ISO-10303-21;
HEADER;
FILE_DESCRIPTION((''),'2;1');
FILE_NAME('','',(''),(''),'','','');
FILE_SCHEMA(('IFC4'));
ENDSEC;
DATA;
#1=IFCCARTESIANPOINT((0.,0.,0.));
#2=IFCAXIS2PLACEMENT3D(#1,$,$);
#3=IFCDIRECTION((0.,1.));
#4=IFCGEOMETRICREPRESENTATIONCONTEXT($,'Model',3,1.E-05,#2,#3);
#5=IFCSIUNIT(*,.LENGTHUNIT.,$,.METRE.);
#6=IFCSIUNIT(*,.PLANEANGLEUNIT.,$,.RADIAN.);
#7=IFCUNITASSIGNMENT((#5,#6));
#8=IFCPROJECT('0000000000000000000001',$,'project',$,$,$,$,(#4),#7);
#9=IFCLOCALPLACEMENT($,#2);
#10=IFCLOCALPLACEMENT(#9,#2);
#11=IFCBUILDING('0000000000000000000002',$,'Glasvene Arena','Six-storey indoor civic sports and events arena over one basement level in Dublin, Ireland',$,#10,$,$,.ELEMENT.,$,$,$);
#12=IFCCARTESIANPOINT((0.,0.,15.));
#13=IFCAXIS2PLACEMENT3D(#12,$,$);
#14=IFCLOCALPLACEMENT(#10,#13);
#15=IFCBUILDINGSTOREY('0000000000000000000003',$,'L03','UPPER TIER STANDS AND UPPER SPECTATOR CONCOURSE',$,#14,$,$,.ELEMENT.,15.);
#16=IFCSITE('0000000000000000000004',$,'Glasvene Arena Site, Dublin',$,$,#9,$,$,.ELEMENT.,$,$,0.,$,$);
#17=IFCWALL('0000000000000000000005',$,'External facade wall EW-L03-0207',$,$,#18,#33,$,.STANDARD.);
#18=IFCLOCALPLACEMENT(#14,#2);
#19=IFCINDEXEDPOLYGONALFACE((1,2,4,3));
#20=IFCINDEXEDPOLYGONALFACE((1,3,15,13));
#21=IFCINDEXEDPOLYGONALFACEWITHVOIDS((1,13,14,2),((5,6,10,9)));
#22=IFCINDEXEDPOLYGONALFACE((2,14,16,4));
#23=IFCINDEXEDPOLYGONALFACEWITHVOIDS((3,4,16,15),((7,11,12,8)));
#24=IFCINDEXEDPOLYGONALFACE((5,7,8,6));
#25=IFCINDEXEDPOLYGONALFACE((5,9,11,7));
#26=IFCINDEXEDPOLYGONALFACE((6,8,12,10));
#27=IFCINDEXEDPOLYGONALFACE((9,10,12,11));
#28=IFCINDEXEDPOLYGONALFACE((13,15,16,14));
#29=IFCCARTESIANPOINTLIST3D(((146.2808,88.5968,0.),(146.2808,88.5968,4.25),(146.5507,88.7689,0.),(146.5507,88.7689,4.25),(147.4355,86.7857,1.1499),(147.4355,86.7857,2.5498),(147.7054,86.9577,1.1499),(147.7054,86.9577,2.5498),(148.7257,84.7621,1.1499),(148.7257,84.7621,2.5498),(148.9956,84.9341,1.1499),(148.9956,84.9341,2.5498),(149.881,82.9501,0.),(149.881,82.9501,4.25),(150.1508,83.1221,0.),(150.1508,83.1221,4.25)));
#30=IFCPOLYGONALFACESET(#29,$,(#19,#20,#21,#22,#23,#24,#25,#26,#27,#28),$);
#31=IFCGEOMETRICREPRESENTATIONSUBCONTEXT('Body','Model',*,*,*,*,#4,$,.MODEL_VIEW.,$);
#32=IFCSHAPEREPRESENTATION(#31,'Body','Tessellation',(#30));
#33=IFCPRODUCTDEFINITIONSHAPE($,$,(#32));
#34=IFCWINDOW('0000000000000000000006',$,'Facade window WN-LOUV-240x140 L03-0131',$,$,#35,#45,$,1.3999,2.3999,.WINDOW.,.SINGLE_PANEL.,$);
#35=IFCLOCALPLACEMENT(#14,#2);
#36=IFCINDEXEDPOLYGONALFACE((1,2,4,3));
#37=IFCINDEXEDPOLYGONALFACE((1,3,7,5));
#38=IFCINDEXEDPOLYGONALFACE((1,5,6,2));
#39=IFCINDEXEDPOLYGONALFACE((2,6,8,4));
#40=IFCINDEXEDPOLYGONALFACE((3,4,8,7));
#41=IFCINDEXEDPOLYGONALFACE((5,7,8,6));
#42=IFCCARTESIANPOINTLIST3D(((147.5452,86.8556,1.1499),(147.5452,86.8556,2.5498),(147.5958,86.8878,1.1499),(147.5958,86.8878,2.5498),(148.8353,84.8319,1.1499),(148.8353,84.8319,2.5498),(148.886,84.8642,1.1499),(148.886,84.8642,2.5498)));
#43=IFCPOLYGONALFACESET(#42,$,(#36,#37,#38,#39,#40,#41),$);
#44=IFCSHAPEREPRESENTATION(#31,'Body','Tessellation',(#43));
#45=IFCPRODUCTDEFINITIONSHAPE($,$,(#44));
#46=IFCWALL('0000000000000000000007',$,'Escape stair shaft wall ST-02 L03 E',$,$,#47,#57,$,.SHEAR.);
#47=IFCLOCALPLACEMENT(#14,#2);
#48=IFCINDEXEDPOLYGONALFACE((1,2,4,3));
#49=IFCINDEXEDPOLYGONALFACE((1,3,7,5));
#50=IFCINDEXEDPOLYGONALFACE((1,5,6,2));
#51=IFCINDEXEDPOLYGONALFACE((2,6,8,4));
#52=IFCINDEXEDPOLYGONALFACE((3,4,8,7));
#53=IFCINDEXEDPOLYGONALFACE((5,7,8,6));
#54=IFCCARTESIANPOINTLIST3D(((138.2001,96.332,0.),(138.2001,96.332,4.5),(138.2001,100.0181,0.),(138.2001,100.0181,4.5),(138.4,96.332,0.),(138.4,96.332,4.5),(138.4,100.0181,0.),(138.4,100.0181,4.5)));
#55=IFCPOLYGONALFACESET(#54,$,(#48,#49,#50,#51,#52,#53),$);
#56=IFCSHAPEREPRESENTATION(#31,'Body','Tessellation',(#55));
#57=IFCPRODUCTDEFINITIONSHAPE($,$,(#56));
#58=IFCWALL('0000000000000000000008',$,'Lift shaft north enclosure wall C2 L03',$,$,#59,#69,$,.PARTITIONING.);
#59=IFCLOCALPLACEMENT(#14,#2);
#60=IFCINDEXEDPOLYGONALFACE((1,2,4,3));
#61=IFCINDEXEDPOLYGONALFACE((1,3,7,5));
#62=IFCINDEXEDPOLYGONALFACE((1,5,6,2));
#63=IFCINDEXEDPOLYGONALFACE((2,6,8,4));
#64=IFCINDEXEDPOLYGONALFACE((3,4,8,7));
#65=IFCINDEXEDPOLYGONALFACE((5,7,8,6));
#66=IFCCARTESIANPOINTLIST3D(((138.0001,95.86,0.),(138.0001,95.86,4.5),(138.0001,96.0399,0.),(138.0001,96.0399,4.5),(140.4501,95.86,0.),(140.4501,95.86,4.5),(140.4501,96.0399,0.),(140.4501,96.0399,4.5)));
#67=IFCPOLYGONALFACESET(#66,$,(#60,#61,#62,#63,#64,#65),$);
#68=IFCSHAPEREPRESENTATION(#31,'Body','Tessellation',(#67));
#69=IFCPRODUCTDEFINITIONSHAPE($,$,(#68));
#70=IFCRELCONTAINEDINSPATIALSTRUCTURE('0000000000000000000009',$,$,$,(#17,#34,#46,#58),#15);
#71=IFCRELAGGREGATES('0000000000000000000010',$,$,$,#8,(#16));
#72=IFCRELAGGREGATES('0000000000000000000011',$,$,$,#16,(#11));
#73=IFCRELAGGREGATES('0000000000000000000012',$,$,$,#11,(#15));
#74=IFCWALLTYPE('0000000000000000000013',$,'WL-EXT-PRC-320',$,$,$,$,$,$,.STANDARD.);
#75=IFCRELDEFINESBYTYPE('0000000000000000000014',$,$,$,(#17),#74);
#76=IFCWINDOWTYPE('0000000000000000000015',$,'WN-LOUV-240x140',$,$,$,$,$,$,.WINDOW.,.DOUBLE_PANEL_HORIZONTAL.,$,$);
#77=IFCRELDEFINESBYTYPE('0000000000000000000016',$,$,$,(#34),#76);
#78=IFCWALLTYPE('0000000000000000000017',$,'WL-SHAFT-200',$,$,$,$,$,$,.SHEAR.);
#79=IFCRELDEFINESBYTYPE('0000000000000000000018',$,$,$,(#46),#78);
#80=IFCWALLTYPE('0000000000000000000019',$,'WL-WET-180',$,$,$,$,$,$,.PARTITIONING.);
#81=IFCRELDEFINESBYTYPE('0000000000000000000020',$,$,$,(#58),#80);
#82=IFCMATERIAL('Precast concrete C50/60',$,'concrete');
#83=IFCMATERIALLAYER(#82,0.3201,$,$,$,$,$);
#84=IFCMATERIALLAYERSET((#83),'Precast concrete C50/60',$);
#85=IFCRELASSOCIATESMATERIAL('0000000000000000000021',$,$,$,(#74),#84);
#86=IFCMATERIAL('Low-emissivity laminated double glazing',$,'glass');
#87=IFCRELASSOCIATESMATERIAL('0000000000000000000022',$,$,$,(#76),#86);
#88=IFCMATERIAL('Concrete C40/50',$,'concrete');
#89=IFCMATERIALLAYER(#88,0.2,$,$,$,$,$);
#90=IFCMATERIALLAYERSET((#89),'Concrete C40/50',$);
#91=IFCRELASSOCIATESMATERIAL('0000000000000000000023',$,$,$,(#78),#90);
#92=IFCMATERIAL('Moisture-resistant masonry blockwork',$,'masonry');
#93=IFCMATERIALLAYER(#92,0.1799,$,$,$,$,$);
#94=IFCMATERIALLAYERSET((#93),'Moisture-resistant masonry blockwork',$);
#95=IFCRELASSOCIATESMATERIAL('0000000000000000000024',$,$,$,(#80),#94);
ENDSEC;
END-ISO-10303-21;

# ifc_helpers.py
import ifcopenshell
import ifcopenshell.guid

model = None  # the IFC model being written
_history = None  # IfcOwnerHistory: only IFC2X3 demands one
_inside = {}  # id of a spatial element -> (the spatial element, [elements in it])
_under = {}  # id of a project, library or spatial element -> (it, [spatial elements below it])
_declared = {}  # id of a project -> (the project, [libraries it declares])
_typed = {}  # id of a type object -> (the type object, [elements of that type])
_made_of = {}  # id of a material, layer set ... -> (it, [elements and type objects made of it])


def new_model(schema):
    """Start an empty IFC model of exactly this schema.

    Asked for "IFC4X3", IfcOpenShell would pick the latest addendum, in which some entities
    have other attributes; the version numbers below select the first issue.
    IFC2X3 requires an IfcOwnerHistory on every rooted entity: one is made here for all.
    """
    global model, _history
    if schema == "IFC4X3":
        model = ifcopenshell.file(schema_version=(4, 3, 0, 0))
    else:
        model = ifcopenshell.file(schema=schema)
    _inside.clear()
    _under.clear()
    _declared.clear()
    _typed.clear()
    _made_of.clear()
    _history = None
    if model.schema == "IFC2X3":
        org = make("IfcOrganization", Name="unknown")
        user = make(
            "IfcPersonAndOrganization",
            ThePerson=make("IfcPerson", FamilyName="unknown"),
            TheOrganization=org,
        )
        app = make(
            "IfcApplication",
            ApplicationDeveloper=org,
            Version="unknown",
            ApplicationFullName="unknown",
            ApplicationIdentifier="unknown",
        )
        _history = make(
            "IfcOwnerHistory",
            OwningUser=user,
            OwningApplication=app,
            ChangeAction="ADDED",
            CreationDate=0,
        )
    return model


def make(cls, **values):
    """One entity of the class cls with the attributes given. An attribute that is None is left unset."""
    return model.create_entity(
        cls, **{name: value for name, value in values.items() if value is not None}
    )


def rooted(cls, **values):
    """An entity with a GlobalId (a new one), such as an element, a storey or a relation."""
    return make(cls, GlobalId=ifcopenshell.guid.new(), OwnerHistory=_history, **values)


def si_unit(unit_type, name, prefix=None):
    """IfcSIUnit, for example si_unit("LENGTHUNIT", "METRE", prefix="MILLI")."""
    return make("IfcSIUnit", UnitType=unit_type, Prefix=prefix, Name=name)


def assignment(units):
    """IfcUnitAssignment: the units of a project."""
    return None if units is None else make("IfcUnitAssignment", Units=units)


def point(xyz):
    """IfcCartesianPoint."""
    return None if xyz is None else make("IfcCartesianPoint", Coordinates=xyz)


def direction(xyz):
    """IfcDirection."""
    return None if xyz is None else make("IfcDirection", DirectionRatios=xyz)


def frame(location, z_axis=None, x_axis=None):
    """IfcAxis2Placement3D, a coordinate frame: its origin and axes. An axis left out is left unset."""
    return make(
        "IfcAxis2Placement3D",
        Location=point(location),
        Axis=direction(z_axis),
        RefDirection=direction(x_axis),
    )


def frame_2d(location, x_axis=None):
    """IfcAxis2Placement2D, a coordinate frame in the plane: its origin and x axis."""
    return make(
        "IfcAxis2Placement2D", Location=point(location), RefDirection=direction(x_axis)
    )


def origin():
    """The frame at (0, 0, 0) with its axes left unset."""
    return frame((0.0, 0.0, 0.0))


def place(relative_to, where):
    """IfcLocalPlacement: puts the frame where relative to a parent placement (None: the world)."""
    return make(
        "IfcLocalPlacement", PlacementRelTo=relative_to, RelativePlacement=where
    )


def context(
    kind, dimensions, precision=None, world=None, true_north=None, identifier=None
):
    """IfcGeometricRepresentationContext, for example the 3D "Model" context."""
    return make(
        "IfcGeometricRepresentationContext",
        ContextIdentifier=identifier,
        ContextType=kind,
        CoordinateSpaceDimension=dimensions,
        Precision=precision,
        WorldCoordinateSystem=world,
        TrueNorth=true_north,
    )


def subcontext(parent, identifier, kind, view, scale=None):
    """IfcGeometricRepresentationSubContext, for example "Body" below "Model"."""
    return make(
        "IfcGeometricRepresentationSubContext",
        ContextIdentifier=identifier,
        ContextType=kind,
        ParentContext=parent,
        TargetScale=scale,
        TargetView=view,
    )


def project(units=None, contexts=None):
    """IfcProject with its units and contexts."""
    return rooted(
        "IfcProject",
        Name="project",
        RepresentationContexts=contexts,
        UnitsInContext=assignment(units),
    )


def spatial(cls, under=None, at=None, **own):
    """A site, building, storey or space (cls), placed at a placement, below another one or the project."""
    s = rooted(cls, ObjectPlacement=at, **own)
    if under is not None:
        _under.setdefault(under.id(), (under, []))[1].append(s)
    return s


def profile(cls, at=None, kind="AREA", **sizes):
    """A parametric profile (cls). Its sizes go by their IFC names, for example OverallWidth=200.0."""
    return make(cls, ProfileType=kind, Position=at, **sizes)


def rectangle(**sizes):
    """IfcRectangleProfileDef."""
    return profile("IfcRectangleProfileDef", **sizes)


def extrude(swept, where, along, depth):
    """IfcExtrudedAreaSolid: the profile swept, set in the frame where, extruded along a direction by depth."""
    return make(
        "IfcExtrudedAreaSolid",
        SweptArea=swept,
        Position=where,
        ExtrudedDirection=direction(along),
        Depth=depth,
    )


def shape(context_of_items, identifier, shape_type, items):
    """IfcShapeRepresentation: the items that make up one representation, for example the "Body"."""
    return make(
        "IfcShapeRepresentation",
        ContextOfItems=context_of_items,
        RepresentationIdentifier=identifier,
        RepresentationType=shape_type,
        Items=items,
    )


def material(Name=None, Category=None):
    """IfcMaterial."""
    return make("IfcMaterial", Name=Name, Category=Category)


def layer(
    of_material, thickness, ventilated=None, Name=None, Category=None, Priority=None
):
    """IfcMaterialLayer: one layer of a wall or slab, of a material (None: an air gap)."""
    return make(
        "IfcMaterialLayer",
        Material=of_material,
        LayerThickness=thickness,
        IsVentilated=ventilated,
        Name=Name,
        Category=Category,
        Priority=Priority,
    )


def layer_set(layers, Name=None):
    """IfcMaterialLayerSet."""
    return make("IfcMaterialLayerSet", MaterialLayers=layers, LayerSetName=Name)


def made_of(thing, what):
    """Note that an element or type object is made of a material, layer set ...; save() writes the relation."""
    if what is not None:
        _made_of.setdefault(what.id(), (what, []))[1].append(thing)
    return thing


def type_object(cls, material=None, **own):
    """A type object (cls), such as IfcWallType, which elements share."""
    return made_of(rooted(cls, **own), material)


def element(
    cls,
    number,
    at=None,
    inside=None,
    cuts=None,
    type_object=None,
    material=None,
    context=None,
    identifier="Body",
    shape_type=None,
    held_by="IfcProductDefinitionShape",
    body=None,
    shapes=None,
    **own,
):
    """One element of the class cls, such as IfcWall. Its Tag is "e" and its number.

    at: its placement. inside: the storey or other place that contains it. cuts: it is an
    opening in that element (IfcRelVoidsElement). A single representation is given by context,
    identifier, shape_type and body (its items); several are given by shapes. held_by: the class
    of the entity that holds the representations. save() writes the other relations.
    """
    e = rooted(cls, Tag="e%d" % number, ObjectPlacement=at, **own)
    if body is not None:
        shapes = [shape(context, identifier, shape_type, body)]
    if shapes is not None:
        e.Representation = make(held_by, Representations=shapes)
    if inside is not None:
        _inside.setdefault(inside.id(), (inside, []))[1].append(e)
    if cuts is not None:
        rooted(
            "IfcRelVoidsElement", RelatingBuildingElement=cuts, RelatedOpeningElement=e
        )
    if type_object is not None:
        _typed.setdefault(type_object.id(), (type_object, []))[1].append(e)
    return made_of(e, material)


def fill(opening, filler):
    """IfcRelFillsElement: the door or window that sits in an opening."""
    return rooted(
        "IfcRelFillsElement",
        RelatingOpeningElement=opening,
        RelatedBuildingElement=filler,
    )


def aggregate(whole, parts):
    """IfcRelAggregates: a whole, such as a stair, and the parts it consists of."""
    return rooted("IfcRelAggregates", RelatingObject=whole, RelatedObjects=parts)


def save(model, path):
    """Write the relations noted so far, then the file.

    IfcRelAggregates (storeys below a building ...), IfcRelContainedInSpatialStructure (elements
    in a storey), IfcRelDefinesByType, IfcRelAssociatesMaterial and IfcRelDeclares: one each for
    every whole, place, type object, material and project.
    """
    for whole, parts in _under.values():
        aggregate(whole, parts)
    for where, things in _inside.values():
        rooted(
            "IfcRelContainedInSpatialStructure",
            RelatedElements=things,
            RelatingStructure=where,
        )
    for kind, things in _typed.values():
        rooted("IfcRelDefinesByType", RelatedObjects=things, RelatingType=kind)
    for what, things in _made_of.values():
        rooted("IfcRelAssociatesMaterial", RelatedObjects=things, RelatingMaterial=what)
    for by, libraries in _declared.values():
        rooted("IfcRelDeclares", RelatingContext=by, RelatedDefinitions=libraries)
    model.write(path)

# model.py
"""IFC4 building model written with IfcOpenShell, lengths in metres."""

from ifc_helpers import new_model, si_unit, direction, frame, frame_2d, origin, place, context, subcontext, project, spatial, rectangle, extrude, material, layer, layer_set, type_object, element, fill, save


model = new_model("IFC4")

# Units and contexts
model_context = context("Model", 3, precision=1e-05, world=origin(), true_north=direction((0.0, 1.0)))
body_context = subcontext(model_context, "Body", "Model", "MODEL_VIEW")
ifc_project = project(units=[si_unit("LENGTHUNIT", "METRE"), si_unit("PLANEANGLEUNIT", "RADIAN")], contexts=[model_context])

# Site, building, storey
site_placement = place(None, origin())
site = spatial("IfcSite", under=ifc_project, at=site_placement, Name="Glasvene Arena Site, Dublin", CompositionType="ELEMENT", RefElevation=0.0)
building_placement = place(site_placement, origin())
building = spatial("IfcBuilding", under=site, at=building_placement, Name="Glasvene Arena", Description="Six-storey indoor civic sports and events arena over one basement level in Dublin, Ireland", CompositionType="ELEMENT")
storey_placement = place(building_placement, frame((0.0, 0.0, 15.0)))
storey = spatial("IfcBuildingStorey", under=building, at=storey_placement, Name="L03", Description="UPPER TIER STANDS AND UPPER SPECTATOR CONCOURSE", CompositionType="ELEMENT", Elevation=15.0)

# Shared definitions
ifc_material_1 = material(Name="Low-emissivity laminated double glazing", Category="glass")

# Shared definitions
ifc_material_2 = material(Name="Concrete C40/50", Category="concrete")

# Wall, opening, window
ifc_material_3 = material(Name="Precast concrete C50/60", Category="concrete")
ifc_layer_1 = layer(ifc_material_3, 0.3201)
ifc_layer_set_1 = layer_set([ifc_layer_1], Name="Precast concrete C50/60")
wall_type_1 = type_object("IfcWallType", Name="WL-EXT-PRC-320", PredefinedType="STANDARD", material=ifc_layer_set_1)
window_type = type_object("IfcWindowType", Name="WN-LOUV-240x140", PartitioningType="DOUBLE_PANEL_HORIZONTAL", PredefinedType="WINDOW", material=ifc_material_1)
wall_1_placement = place(storey_placement, frame((146.4158, 88.6829, 0.0), z_axis=(0.0, 0.0, 1.0), x_axis=(0.53759, -0.843206, 0.0)))
wall_1 = element("IfcWall", 1, at=wall_1_placement, inside=storey, type_object=wall_type_1, Name="External facade wall EW-L03-0207", PredefinedType="STANDARD", context=body_context, shape_type="SweptSolid", body=[
    extrude(rectangle(XDim=6.6968, YDim=0.3201, at=frame_2d((3.3484, 0.0))), origin(), (0.0, 0.0, 1.0), 4.25),
])
opening_1_placement = place(wall_1_placement, frame((2.1479, 0.0, 1.1499)))
opening_1 = element("IfcOpeningElement", 2, at=opening_1_placement, cuts=wall_1, PredefinedType="OPENING", context=body_context, shape_type="SweptSolid", body=[
    extrude(rectangle(XDim=2.3999, YDim=1.3999, at=frame_2d((1.2, 0.7))), frame((0.0, 0.1699, 0.0), z_axis=(0.0, -1.0, 0.0), x_axis=(1.0, 0.0, 0.0)), (0.0, 0.0, 1.0), 0.3401),
])
window_1_placement = place(opening_1_placement, origin())
window_1 = element("IfcWindow", 3, at=window_1_placement, inside=storey, type_object=window_type, Name="Facade window WN-LOUV-240x140 L03-0131", OverallHeight=1.3999, OverallWidth=2.3999, PartitioningType="SINGLE_PANEL", PredefinedType="WINDOW", context=body_context, shape_type="SweptSolid", body=[
    extrude(rectangle(XDim=2.3999, YDim=1.3999, at=frame_2d((1.2, 0.7))), frame((0.0, 0.03, 0.0), z_axis=(0.0, -1.0, 0.0), x_axis=(1.0, 0.0, 0.0)), (0.0, 0.0, 1.0), 0.0601),
])
fill(opening_1, window_1)

# Walls
ifc_layer_2 = layer(ifc_material_2, 0.2)
ifc_layer_set_2 = layer_set([ifc_layer_2], Name="Concrete C40/50")
wall_type_2 = type_object("IfcWallType", Name="WL-SHAFT-200", PredefinedType="SHEAR", material=ifc_layer_set_2)
wall_2_placement = place(storey_placement, frame((138.3, 96.332, 0.0), z_axis=(0.0, 0.0, 1.0), x_axis=(0.0, 1.0, 0.0)))
element("IfcWall", 4, at=wall_2_placement, inside=storey, type_object=wall_type_2, Name="Escape stair shaft wall ST-02 L03 E", PredefinedType="SHEAR", context=body_context, shape_type="SweptSolid", body=[
    extrude(rectangle(XDim=3.686, YDim=0.2, at=frame_2d((1.843, 0.0))), origin(), (0.0, 0.0, 1.0), 4.5),
])
ifc_material_4 = material(Name="Moisture-resistant masonry blockwork", Category="masonry")
ifc_layer_3 = layer(ifc_material_4, 0.1799)
ifc_layer_set_3 = layer_set([ifc_layer_3], Name="Moisture-resistant masonry blockwork")
wall_type_3 = type_object("IfcWallType", Name="WL-WET-180", PredefinedType="PARTITIONING", material=ifc_layer_set_3)
wall_3_placement = place(storey_placement, frame((138.0, 95.95, 0.0), z_axis=(0.0, 0.0, 1.0), x_axis=(1.0, 0.0, 0.0)))
element("IfcWall", 5, at=wall_3_placement, inside=storey, type_object=wall_type_3, Name="Lift shaft north enclosure wall C2 L03", PredefinedType="PARTITIONING", context=body_context, shape_type="SweptSolid", body=[
    extrude(rectangle(XDim=2.45, YDim=0.1799, at=frame_2d((1.2251, 0.0))), origin(), (0.0, 0.0, 1.0), 4.5),
])

save(model, "model.ifc")
